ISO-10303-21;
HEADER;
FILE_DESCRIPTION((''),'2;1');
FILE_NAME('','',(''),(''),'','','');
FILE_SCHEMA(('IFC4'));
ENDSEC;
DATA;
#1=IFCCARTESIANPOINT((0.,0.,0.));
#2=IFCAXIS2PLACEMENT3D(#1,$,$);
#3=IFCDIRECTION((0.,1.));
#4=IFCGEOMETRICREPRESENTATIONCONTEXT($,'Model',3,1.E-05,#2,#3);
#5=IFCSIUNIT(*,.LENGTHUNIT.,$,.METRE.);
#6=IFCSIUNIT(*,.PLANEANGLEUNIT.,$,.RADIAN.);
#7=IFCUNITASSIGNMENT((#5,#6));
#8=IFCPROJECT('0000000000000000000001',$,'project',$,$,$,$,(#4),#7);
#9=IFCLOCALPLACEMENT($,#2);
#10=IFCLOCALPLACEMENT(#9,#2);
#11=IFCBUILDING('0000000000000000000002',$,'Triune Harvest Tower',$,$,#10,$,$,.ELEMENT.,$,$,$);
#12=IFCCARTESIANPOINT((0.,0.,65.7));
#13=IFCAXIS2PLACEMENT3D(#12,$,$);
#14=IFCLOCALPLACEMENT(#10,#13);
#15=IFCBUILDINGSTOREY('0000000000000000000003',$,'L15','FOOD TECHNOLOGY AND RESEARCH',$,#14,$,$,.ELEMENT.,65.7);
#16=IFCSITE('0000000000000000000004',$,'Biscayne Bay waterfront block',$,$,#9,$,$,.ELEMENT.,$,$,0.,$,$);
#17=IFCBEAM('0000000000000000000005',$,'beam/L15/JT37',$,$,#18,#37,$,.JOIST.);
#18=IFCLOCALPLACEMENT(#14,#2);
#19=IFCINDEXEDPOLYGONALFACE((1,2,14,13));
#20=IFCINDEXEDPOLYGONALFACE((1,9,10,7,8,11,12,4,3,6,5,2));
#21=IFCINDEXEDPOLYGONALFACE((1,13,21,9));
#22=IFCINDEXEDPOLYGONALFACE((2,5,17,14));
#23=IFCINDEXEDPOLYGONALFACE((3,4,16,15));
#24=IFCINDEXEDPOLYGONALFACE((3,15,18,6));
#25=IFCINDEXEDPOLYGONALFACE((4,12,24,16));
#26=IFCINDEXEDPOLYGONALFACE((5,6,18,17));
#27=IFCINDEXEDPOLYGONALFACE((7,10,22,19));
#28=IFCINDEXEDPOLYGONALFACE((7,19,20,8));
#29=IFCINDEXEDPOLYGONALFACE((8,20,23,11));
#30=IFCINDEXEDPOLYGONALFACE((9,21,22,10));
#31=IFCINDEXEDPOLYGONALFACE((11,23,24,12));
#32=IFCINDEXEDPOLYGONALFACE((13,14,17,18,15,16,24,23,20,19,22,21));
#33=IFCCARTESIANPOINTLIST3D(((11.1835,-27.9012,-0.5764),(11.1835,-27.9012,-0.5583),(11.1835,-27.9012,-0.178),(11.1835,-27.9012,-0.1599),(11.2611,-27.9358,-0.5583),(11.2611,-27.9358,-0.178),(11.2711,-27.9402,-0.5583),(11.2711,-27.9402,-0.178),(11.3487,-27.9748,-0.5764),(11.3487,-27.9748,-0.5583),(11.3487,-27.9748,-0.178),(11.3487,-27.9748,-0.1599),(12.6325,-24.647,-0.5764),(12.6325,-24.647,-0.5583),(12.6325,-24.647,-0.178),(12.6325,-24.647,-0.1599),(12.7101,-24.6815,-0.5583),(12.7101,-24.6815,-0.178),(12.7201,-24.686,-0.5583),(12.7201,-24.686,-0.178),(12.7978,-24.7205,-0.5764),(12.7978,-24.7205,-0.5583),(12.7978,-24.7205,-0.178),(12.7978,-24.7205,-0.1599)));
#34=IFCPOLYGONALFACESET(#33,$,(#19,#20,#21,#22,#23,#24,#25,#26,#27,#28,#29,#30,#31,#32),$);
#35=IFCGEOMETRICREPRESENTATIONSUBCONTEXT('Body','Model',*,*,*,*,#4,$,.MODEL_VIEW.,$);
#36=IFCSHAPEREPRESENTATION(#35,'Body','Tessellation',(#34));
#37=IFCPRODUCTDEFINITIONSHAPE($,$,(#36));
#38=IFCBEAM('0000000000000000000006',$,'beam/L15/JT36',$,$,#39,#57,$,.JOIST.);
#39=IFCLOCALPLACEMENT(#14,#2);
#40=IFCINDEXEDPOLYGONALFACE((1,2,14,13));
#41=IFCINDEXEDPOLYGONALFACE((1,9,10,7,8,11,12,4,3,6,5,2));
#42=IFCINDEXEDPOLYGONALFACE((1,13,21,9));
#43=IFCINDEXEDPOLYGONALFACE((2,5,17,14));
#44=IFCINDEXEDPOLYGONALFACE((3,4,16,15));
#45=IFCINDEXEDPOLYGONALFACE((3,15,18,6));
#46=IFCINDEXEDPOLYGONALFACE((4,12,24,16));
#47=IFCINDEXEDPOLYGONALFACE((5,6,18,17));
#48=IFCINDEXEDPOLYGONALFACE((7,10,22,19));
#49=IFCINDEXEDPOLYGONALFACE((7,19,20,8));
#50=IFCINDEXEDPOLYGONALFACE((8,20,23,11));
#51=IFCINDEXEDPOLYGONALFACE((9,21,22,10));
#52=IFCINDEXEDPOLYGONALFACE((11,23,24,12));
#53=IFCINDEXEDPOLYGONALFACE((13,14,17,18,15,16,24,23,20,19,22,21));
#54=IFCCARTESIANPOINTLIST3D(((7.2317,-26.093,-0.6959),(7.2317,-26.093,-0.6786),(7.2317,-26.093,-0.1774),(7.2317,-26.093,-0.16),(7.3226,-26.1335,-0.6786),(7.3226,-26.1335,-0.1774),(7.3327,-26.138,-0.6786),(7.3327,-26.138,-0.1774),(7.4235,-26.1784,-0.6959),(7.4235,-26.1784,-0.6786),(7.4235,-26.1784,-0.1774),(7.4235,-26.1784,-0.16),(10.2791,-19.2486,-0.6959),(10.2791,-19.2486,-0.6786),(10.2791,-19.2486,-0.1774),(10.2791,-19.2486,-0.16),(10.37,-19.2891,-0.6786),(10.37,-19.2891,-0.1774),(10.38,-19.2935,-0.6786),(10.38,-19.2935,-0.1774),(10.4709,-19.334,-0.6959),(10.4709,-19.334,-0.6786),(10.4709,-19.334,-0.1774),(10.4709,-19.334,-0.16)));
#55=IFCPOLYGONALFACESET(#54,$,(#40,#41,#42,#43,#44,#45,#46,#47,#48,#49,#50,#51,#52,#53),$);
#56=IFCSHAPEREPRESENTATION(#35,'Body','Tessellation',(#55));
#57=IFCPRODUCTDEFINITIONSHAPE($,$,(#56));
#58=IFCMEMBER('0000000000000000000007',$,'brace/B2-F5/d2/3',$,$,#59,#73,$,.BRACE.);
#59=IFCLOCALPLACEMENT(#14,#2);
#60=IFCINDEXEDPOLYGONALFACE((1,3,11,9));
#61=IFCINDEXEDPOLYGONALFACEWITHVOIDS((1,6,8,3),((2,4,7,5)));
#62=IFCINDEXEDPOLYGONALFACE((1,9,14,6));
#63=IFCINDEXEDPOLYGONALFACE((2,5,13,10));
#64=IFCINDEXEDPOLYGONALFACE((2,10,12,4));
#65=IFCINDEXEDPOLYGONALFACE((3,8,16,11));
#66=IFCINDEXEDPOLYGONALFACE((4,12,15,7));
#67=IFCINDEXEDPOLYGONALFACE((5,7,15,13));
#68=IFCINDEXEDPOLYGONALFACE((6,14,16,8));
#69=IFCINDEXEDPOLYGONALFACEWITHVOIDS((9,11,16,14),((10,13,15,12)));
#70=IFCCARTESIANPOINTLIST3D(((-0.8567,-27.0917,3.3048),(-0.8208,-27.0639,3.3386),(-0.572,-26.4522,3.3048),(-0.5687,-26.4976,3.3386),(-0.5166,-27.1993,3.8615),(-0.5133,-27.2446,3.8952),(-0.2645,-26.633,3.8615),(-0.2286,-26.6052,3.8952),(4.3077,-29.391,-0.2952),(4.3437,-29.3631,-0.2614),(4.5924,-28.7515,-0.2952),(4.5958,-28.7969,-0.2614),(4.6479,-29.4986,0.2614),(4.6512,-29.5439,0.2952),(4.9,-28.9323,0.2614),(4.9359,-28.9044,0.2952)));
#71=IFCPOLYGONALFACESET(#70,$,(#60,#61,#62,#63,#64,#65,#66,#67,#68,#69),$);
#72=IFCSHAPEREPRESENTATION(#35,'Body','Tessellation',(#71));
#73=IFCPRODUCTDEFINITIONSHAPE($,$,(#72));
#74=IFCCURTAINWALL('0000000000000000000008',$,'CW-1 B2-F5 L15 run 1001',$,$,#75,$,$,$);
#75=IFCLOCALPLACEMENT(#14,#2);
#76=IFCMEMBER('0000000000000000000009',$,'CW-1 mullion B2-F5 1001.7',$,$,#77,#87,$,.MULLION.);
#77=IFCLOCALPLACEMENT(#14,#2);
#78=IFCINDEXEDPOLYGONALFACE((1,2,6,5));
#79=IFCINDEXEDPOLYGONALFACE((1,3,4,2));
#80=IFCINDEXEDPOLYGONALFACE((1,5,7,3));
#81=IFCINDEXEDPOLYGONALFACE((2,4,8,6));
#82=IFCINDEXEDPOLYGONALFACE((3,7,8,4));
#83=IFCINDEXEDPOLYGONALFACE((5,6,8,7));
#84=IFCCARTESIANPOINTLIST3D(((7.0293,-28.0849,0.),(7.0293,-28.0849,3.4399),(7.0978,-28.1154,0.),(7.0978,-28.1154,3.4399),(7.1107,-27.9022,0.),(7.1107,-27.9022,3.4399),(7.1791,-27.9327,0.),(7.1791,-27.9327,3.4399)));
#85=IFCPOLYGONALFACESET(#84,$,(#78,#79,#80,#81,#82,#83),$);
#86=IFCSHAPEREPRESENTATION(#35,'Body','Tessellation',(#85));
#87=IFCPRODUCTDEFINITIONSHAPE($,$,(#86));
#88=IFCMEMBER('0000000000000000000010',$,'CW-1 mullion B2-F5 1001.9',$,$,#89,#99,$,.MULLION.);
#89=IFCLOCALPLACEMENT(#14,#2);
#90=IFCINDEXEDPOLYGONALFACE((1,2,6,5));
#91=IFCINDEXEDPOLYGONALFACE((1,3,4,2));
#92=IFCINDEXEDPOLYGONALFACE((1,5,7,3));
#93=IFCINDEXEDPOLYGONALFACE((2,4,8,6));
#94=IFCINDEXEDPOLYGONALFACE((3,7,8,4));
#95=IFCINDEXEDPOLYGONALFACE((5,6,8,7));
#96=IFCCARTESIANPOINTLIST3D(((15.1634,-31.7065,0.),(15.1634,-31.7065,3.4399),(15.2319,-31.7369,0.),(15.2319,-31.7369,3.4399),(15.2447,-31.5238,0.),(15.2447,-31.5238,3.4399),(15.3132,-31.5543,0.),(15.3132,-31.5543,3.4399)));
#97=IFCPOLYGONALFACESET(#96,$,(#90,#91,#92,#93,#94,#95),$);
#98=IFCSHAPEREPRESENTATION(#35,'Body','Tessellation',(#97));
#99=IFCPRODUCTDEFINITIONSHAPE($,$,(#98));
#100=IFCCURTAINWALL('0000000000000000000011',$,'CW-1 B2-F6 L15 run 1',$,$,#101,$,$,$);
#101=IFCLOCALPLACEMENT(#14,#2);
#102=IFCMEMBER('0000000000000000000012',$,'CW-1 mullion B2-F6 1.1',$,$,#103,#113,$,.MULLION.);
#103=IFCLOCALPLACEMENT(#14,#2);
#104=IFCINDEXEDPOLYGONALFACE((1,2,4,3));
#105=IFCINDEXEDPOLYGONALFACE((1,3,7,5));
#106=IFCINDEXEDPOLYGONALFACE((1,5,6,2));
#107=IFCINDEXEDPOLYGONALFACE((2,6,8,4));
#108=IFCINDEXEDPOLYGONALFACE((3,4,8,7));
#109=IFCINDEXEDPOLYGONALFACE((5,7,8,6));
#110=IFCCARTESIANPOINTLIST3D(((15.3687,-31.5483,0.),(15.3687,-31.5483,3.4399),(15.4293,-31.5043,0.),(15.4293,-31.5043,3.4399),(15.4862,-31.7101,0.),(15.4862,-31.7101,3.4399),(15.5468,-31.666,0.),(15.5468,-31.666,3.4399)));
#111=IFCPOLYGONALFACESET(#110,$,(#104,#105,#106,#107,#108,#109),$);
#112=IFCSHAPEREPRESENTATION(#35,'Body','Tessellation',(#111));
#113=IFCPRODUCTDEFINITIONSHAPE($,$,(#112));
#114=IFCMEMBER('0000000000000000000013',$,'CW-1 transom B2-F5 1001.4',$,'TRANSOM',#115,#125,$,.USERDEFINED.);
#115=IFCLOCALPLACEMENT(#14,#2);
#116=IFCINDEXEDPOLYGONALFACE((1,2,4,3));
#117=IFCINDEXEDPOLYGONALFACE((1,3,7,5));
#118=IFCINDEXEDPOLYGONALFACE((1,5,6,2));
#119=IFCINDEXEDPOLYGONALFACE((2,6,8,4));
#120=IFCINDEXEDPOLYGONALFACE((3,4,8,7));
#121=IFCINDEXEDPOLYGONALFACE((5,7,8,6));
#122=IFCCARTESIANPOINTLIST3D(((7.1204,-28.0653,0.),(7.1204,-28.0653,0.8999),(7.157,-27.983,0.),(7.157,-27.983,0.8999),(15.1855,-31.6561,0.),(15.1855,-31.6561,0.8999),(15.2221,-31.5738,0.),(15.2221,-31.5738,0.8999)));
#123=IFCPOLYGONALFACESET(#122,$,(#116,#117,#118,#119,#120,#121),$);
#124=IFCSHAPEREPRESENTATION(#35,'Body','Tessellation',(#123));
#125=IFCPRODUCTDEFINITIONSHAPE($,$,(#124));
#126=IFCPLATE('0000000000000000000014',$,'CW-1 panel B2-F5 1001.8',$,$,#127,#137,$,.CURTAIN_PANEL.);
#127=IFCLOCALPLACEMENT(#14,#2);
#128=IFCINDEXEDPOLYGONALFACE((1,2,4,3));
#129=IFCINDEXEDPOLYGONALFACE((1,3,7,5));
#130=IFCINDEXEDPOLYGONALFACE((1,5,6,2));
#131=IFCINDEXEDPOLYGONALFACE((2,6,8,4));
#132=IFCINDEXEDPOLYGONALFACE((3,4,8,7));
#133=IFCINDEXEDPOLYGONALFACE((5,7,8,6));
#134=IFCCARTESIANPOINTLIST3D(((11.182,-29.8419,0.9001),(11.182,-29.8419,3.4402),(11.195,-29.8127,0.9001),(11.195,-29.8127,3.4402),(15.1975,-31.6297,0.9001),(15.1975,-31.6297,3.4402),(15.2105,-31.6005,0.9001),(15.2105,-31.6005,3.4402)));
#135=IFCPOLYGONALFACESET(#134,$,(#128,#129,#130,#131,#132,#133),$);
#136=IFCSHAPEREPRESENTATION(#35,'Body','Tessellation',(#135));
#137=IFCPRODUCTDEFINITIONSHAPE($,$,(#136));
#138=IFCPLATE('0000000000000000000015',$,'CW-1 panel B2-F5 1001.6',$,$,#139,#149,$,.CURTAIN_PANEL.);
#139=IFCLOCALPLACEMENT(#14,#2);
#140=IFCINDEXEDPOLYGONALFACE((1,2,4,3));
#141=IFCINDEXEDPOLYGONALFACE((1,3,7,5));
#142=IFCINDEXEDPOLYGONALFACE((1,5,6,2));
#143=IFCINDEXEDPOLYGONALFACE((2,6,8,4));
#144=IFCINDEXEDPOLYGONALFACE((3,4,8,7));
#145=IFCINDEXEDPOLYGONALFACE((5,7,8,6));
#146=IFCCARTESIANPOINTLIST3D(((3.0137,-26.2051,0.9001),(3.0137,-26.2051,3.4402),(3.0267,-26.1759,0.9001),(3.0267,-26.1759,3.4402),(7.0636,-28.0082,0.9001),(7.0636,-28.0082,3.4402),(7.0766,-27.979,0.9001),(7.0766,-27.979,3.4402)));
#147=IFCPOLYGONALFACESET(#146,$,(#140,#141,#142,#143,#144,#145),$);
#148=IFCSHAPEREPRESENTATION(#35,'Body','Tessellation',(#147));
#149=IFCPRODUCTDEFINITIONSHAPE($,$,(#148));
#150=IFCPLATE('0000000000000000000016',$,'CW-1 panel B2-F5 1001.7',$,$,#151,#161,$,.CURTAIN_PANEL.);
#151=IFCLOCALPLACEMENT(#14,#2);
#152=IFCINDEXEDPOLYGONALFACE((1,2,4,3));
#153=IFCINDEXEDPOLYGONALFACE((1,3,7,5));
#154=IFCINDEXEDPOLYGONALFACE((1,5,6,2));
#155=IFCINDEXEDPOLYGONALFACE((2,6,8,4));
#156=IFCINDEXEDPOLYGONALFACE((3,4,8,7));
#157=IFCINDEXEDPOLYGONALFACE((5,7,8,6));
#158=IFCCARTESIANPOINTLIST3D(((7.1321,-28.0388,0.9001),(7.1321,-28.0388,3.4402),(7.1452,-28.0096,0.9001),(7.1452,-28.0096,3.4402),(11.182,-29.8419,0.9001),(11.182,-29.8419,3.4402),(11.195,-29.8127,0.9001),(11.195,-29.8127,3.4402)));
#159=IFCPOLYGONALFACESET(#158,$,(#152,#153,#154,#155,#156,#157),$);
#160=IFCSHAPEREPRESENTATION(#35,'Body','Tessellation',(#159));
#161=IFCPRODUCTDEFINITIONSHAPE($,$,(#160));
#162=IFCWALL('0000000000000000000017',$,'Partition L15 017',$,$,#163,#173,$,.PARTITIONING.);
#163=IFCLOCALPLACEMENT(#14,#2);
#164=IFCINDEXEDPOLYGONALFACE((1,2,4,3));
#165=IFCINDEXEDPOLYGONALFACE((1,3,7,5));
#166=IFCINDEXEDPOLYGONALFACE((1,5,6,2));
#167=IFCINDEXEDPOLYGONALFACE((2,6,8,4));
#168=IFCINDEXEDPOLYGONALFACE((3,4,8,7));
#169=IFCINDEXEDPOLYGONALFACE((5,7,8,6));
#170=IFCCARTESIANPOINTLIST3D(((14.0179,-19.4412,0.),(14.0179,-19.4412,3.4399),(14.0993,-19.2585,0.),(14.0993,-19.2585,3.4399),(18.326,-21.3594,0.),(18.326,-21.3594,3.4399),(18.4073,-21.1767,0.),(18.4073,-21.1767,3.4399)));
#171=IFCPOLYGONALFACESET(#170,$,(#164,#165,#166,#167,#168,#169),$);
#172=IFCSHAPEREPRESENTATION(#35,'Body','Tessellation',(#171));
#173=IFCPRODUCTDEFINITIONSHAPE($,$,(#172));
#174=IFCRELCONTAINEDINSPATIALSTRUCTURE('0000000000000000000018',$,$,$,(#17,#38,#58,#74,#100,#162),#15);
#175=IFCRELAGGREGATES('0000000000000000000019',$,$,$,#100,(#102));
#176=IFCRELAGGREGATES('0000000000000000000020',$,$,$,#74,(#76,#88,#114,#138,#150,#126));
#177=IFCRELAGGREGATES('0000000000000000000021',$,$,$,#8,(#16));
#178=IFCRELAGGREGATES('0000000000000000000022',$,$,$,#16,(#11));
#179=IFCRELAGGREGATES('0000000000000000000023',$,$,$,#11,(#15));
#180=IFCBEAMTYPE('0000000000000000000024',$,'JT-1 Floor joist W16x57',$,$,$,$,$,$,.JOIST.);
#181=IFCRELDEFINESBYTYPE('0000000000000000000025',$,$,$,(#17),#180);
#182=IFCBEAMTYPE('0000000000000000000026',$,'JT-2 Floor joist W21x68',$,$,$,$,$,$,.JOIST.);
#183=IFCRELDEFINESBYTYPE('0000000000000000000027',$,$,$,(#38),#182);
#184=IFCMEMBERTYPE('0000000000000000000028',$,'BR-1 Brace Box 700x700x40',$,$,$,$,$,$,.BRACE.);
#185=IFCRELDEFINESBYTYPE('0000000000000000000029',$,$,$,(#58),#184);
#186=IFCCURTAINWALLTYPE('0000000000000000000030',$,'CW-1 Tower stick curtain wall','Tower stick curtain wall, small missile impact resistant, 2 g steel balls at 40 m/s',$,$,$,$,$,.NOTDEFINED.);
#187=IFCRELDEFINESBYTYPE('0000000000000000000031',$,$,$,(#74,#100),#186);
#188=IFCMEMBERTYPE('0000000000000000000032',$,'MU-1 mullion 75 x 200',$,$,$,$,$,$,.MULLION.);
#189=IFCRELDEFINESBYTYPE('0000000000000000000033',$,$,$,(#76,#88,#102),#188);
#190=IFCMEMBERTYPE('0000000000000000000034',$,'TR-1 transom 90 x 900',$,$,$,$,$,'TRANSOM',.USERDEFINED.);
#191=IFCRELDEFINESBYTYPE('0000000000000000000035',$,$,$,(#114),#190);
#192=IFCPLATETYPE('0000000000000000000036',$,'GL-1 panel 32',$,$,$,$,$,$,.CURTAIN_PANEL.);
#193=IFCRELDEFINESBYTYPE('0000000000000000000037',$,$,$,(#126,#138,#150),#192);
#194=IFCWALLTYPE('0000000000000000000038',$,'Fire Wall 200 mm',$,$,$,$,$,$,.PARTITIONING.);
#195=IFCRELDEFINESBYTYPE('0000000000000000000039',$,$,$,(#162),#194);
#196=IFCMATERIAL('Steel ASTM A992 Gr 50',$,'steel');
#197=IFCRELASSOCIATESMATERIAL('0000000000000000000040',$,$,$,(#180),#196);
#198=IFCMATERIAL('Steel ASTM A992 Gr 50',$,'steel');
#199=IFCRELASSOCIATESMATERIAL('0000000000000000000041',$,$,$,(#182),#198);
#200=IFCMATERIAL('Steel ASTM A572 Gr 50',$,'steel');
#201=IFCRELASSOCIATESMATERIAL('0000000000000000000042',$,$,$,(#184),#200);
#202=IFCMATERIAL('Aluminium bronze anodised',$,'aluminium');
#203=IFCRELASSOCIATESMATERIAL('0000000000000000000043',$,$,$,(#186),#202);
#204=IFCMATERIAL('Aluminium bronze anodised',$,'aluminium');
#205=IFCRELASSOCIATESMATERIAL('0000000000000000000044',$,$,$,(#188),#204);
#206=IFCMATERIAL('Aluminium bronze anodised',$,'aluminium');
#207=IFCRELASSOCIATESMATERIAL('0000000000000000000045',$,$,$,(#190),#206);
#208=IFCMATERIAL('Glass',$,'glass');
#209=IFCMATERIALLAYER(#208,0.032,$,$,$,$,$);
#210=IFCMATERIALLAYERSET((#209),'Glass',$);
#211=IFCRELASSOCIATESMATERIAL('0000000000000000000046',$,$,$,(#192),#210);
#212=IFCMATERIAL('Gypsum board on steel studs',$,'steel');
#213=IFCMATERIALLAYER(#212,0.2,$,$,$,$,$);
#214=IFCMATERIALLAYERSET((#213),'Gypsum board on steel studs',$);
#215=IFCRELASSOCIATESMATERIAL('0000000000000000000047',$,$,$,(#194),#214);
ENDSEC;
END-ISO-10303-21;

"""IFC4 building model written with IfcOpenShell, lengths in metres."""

from ifc_helpers import new_model, si_unit, direction, frame, frame_2d, origin, origin_2d, place, context, subcontext, project, spatial, rectangle, hollow_rectangle, i_section, extrude, source, transform, mapped, material, layer, layer_set, material_profile, profile_set, type_object, element, aggregate, save


model = new_model("IFC4")

# Units and contexts
model_context = context("Model", 3, precision=1e-05, world=origin(), true_north=direction((0.0, 1.0)))
body_context = subcontext(model_context, "Body", "Model", "MODEL_VIEW")
ifc_project = project(units=[si_unit("LENGTHUNIT", "METRE"), si_unit("PLANEANGLEUNIT", "RADIAN")], contexts=[model_context])

# Site, building, storey
site_placement = place(None, origin())
site = spatial("IfcSite", under=ifc_project, at=site_placement, Name="Biscayne Bay waterfront block", CompositionType="ELEMENT", RefElevation=0.0)
building_placement = place(site_placement, origin())
building = spatial("IfcBuilding", under=site, at=building_placement, Name="Triune Harvest Tower", CompositionType="ELEMENT")
storey_placement = place(building_placement, frame((0.0, 0.0, 65.7)))
storey = spatial("IfcBuildingStorey", under=building, at=storey_placement, Name="L15", Description="FOOD TECHNOLOGY AND RESEARCH", CompositionType="ELEMENT", Elevation=65.7)

# Beams
ifc_material_1 = material(Name="Steel ASTM A992 Gr 50", Category="steel")
ifc_material_profile_1 = material_profile(ifc_material_1, i_section(OverallWidth=0.1809, OverallDepth=0.4165, WebThickness=0.011, FlangeThickness=0.0181, at=origin_2d()), Name="W16x57")
ifc_profile_set_1 = profile_set([ifc_material_profile_1], Name="Steel ASTM A992 Gr 50")
beam_type_1 = type_object("IfcBeamType", Name="JT-1 Floor joist W16x57", PredefinedType="JOIST", material=ifc_profile_set_1)
shared_shape_1 = source(origin(), body_context, "Body", "SweptSolid", [
    extrude(i_section(OverallWidth=0.1809, OverallDepth=0.4165, WebThickness=0.011, FlangeThickness=0.0181, at=origin_2d()), origin(), (0.0, 0.0, 1.0), 3.5623),
])
beam_1_placement = place(storey_placement, frame((11.2661, -27.938, -0.3682), z_axis=(0.406768, 0.913532, 0.0), x_axis=(-0.913532, 0.406768, 0.0)))
element("IfcBeam", 1, at=beam_1_placement, inside=storey, type_object=beam_type_1, Name="beam/L15/JT37", PredefinedType="JOIST", context=body_context, shape_type="MappedRepresentation", body=[
    mapped(shared_shape_1, transform((0.0, 0.0, 0.0), scale=1.0)),
])
ifc_material_2 = material(Name="Steel ASTM A992 Gr 50", Category="steel")
ifc_material_profile_2 = material_profile(ifc_material_2, i_section(OverallWidth=0.21, OverallDepth=0.5359, WebThickness=0.011, FlangeThickness=0.0173, at=origin_2d()), Name="W21x68")
ifc_profile_set_2 = profile_set([ifc_material_profile_2], Name="Steel ASTM A992 Gr 50")
beam_type_2 = type_object("IfcBeamType", Name="JT-2 Floor joist W21x68", PredefinedType="JOIST", material=ifc_profile_set_2)
shared_shape_2 = source(origin(), body_context, "Body", "SweptSolid", [
    extrude(i_section(OverallWidth=0.21, OverallDepth=0.5359, WebThickness=0.011, FlangeThickness=0.0173, at=origin_2d()), origin(), (0.0, 0.0, 1.0), 7.4922),
])
beam_2_placement = place(storey_placement, frame((7.3276, -26.1357, -0.428), z_axis=(0.406737, 0.913545, 0.0), x_axis=(-0.913545, 0.406737, 0.0)))
element("IfcBeam", 2, at=beam_2_placement, inside=storey, type_object=beam_type_2, Name="beam/L15/JT36", PredefinedType="JOIST", context=body_context, shape_type="MappedRepresentation", body=[
    mapped(shared_shape_2, transform((0.0, 0.0, 0.0), scale=1.0)),
])

# Member
ifc_material_3 = material(Name="Steel ASTM A572 Gr 50", Category="steel")
ifc_material_profile_3 = material_profile(ifc_material_3, hollow_rectangle(XDim=0.7, YDim=0.7, WallThickness=0.04, at=origin_2d()), Name="Box 700x700x40")
ifc_profile_set_3 = profile_set([ifc_material_profile_3], Name="Steel ASTM A572 Gr 50")
member_type_1 = type_object("IfcMemberType", Name="BR-1 Brace Box 700x700x40", PredefinedType="BRACE", material=ifc_profile_set_3)
shared_shape_3 = source(origin(), body_context, "Body", "SweptSolid", [
    extrude(hollow_rectangle(XDim=0.7, YDim=0.7, WallThickness=0.04, at=origin_2d()), origin(), (0.0, 0.0, 1.0), 6.7021),
])
member_1_placement = place(storey_placement, frame((4.6218, -29.1477, 0.0), z_axis=(-0.77057, 0.343066, 0.537148), x_axis=(-0.406723, -0.913551, 0.0)))
element("IfcMember", 3, at=member_1_placement, inside=storey, type_object=member_type_1, Name="brace/B2-F5/d2/3", PredefinedType="BRACE", context=body_context, shape_type="MappedRepresentation", body=[
    mapped(shared_shape_3, transform((0.0, 0.0, 0.0), scale=1.0)),
])

# Curtain wall, members
ifc_material_4 = material(Name="Aluminium bronze anodised", Category="aluminium")
curtain_wall_type = type_object("IfcCurtainWallType", Name="CW-1 Tower stick curtain wall", Description="Tower stick curtain wall, small missile impact resistant, 2 g steel balls at 40 m/s", PredefinedType="NOTDEFINED", material=ifc_material_4)
curtain_wall_1_placement = place(storey_placement, origin())
curtain_wall_1 = element("IfcCurtainWall", 4, at=curtain_wall_1_placement, inside=storey, type_object=curtain_wall_type, Name="CW-1 B2-F5 L15 run 1001")
ifc_material_5 = material(Name="Aluminium bronze anodised", Category="aluminium")
ifc_material_profile_4 = material_profile(ifc_material_5, rectangle(XDim=0.2, YDim=0.075, at=origin_2d()), Name="MU-1 mullion 75 x 200")
ifc_profile_set_4 = profile_set([ifc_material_profile_4], Name="Aluminium bronze anodised")
member_type_2 = type_object("IfcMemberType", Name="MU-1 mullion 75 x 200", PredefinedType="MULLION", material=ifc_profile_set_4)
shared_shape_4 = source(origin(), body_context, "Body", "SweptSolid", [
    extrude(rectangle(XDim=0.2, YDim=0.075, at=origin_2d()), origin(), (0.0, 0.0, 1.0), 3.4399),
])
member_2_placement = place(storey_placement, frame((7.1042, -28.0088, 0.0), z_axis=(0.0, 0.0, 1.0), x_axis=(0.406737, 0.913545, 0.0)))
member_2 = element("IfcMember", 5, at=member_2_placement, type_object=member_type_2, Name="CW-1 mullion B2-F5 1001.7", PredefinedType="MULLION", context=body_context, shape_type="MappedRepresentation", body=[
    mapped(shared_shape_4, transform((0.0, 0.0, 0.0), scale=1.0)),
])
member_3_placement = place(storey_placement, frame((15.2383, -31.6304, 0.0), z_axis=(0.0, 0.0, 1.0), x_axis=(0.406737, 0.913545, 0.0)))
member_3 = element("IfcMember", 6, at=member_3_placement, type_object=member_type_2, Name="CW-1 mullion B2-F5 1001.9", PredefinedType="MULLION", context=body_context, shape_type="MappedRepresentation", body=[
    mapped(shared_shape_4, transform((0.0, 0.0, 0.0), scale=1.0)),
])

# Curtain wall, member
curtain_wall_2_placement = place(storey_placement, origin())
curtain_wall_2 = element("IfcCurtainWall", 7, at=curtain_wall_2_placement, inside=storey, type_object=curtain_wall_type, Name="CW-1 B2-F6 L15 run 1")
member_4_placement = place(storey_placement, frame((15.4578, -31.6072, 0.0), z_axis=(0.0, 0.0, 1.0), x_axis=(-0.58779, 0.809013, 0.0)))
member_4 = element("IfcMember", 8, at=member_4_placement, type_object=member_type_2, Name="CW-1 mullion B2-F6 1.1", PredefinedType="MULLION", context=body_context, shape_type="MappedRepresentation", body=[
    mapped(shared_shape_4, transform((0.0, 0.0, 0.0), scale=1.0)),
])
aggregate(curtain_wall_2, [member_4])

# Member
ifc_material_6 = material(Name="Aluminium bronze anodised", Category="aluminium")
ifc_material_profile_5 = material_profile(ifc_material_6, rectangle(XDim=0.0901, YDim=0.8999, at=origin_2d()), Name="TR-1 transom 90 x 900")
ifc_profile_set_5 = profile_set([ifc_material_profile_5], Name="Aluminium bronze anodised")
member_type_3 = type_object("IfcMemberType", Name="TR-1 transom 90 x 900", ElementType="TRANSOM", PredefinedType="USERDEFINED", material=ifc_profile_set_5)
shared_shape_5 = source(origin(), body_context, "Body", "SweptSolid", [
    extrude(rectangle(XDim=0.0901, YDim=0.8999, at=origin_2d()), origin(), (0.0, 0.0, 1.0), 8.8284),
])
member_5_placement = place(storey_placement, frame((7.1387, -28.0242, 0.45), z_axis=(0.913547, -0.406734, 0.0), x_axis=(0.406734, 0.913547, 0.0)))
member_5 = element("IfcMember", 9, at=member_5_placement, type_object=member_type_3, Name="CW-1 transom B2-F5 1001.4", ObjectType="TRANSOM", PredefinedType="USERDEFINED", context=body_context, shape_type="MappedRepresentation", body=[
    mapped(shared_shape_5, transform((0.0, 0.0, 0.0), scale=1.0)),
])

# Plates
ifc_material_7 = material(Name="Glass", Category="glass")
ifc_layer_1 = layer(ifc_material_7, 0.032)
ifc_layer_set_1 = layer_set([ifc_layer_1], Name="Glass")
plate_type = type_object("IfcPlateType", Name="GL-1 panel 32", PredefinedType="CURTAIN_PANEL", material=ifc_layer_set_1)
shared_shape_6 = source(origin(), body_context, "Body", "SweptSolid", [
    extrude(rectangle(XDim=4.3955, YDim=0.032, at=origin_2d()), origin(), (0.0, 0.0, 1.0), 2.54),
])
plate_1_placement = place(storey_placement, frame((13.1963, -30.7212, 0.9001), z_axis=(0.0, 0.0, 1.0), x_axis=(0.913545, -0.406737, 0.0)))
plate_1 = element("IfcPlate", 10, at=plate_1_placement, type_object=plate_type, Name="CW-1 panel B2-F5 1001.8", PredefinedType="CURTAIN_PANEL", context=body_context, shape_type="MappedRepresentation", body=[
    mapped(shared_shape_6, transform((0.0, 0.0, 0.0), scale=1.0)),
])
shared_shape_7 = source(origin(), body_context, "Body", "SweptSolid", [
    extrude(rectangle(XDim=4.4331, YDim=0.032, at=origin_2d()), origin(), (0.0, 0.0, 1.0), 2.54),
])
plate_2_placement = place(storey_placement, frame((5.0452, -27.092, 0.9001), z_axis=(0.0, 0.0, 1.0), x_axis=(0.913545, -0.406737, 0.0)))
plate_2 = element("IfcPlate", 11, at=plate_2_placement, type_object=plate_type, Name="CW-1 panel B2-F5 1001.6", PredefinedType="CURTAIN_PANEL", context=body_context, shape_type="MappedRepresentation", body=[
    mapped(shared_shape_7, transform((0.0, 0.0, 0.0), scale=1.0)),
])
plate_3_placement = place(storey_placement, frame((9.1636, -28.9258, 0.9001), z_axis=(0.0, 0.0, 1.0), x_axis=(0.913545, -0.406737, 0.0)))
plate_3 = element("IfcPlate", 12, at=plate_3_placement, type_object=plate_type, Name="CW-1 panel B2-F5 1001.7", PredefinedType="CURTAIN_PANEL", context=body_context, shape_type="MappedRepresentation", body=[
    mapped(shared_shape_7, transform((0.0, 0.0, 0.0), scale=1.0)),
])
aggregate(curtain_wall_1, [member_2, member_3, member_5, plate_2, plate_3, plate_1])

# Wall
ifc_material_8 = material(Name="Gypsum board on steel studs", Category="steel")
ifc_layer_2 = layer(ifc_material_8, 0.2)
ifc_layer_set_2 = layer_set([ifc_layer_2], Name="Gypsum board on steel studs")
wall_type = type_object("IfcWallType", Name="Fire Wall 200 mm", PredefinedType="PARTITIONING", material=ifc_layer_set_2)
wall_1_placement = place(storey_placement, frame((14.0586, -19.3499, 0.0), z_axis=(0.0, 0.0, 1.0), x_axis=(0.913536, -0.406758, 0.0)))
element("IfcWall", 13, at=wall_1_placement, inside=storey, type_object=wall_type, Name="Partition L15 017", PredefinedType="PARTITIONING", context=body_context, shape_type="SweptSolid", body=[
    extrude(rectangle(XDim=4.7158, YDim=0.2, at=frame_2d((2.3579, 0.0))), origin(), (0.0, 0.0, 1.0), 3.4399),
])

save(model, "model.ifc")
